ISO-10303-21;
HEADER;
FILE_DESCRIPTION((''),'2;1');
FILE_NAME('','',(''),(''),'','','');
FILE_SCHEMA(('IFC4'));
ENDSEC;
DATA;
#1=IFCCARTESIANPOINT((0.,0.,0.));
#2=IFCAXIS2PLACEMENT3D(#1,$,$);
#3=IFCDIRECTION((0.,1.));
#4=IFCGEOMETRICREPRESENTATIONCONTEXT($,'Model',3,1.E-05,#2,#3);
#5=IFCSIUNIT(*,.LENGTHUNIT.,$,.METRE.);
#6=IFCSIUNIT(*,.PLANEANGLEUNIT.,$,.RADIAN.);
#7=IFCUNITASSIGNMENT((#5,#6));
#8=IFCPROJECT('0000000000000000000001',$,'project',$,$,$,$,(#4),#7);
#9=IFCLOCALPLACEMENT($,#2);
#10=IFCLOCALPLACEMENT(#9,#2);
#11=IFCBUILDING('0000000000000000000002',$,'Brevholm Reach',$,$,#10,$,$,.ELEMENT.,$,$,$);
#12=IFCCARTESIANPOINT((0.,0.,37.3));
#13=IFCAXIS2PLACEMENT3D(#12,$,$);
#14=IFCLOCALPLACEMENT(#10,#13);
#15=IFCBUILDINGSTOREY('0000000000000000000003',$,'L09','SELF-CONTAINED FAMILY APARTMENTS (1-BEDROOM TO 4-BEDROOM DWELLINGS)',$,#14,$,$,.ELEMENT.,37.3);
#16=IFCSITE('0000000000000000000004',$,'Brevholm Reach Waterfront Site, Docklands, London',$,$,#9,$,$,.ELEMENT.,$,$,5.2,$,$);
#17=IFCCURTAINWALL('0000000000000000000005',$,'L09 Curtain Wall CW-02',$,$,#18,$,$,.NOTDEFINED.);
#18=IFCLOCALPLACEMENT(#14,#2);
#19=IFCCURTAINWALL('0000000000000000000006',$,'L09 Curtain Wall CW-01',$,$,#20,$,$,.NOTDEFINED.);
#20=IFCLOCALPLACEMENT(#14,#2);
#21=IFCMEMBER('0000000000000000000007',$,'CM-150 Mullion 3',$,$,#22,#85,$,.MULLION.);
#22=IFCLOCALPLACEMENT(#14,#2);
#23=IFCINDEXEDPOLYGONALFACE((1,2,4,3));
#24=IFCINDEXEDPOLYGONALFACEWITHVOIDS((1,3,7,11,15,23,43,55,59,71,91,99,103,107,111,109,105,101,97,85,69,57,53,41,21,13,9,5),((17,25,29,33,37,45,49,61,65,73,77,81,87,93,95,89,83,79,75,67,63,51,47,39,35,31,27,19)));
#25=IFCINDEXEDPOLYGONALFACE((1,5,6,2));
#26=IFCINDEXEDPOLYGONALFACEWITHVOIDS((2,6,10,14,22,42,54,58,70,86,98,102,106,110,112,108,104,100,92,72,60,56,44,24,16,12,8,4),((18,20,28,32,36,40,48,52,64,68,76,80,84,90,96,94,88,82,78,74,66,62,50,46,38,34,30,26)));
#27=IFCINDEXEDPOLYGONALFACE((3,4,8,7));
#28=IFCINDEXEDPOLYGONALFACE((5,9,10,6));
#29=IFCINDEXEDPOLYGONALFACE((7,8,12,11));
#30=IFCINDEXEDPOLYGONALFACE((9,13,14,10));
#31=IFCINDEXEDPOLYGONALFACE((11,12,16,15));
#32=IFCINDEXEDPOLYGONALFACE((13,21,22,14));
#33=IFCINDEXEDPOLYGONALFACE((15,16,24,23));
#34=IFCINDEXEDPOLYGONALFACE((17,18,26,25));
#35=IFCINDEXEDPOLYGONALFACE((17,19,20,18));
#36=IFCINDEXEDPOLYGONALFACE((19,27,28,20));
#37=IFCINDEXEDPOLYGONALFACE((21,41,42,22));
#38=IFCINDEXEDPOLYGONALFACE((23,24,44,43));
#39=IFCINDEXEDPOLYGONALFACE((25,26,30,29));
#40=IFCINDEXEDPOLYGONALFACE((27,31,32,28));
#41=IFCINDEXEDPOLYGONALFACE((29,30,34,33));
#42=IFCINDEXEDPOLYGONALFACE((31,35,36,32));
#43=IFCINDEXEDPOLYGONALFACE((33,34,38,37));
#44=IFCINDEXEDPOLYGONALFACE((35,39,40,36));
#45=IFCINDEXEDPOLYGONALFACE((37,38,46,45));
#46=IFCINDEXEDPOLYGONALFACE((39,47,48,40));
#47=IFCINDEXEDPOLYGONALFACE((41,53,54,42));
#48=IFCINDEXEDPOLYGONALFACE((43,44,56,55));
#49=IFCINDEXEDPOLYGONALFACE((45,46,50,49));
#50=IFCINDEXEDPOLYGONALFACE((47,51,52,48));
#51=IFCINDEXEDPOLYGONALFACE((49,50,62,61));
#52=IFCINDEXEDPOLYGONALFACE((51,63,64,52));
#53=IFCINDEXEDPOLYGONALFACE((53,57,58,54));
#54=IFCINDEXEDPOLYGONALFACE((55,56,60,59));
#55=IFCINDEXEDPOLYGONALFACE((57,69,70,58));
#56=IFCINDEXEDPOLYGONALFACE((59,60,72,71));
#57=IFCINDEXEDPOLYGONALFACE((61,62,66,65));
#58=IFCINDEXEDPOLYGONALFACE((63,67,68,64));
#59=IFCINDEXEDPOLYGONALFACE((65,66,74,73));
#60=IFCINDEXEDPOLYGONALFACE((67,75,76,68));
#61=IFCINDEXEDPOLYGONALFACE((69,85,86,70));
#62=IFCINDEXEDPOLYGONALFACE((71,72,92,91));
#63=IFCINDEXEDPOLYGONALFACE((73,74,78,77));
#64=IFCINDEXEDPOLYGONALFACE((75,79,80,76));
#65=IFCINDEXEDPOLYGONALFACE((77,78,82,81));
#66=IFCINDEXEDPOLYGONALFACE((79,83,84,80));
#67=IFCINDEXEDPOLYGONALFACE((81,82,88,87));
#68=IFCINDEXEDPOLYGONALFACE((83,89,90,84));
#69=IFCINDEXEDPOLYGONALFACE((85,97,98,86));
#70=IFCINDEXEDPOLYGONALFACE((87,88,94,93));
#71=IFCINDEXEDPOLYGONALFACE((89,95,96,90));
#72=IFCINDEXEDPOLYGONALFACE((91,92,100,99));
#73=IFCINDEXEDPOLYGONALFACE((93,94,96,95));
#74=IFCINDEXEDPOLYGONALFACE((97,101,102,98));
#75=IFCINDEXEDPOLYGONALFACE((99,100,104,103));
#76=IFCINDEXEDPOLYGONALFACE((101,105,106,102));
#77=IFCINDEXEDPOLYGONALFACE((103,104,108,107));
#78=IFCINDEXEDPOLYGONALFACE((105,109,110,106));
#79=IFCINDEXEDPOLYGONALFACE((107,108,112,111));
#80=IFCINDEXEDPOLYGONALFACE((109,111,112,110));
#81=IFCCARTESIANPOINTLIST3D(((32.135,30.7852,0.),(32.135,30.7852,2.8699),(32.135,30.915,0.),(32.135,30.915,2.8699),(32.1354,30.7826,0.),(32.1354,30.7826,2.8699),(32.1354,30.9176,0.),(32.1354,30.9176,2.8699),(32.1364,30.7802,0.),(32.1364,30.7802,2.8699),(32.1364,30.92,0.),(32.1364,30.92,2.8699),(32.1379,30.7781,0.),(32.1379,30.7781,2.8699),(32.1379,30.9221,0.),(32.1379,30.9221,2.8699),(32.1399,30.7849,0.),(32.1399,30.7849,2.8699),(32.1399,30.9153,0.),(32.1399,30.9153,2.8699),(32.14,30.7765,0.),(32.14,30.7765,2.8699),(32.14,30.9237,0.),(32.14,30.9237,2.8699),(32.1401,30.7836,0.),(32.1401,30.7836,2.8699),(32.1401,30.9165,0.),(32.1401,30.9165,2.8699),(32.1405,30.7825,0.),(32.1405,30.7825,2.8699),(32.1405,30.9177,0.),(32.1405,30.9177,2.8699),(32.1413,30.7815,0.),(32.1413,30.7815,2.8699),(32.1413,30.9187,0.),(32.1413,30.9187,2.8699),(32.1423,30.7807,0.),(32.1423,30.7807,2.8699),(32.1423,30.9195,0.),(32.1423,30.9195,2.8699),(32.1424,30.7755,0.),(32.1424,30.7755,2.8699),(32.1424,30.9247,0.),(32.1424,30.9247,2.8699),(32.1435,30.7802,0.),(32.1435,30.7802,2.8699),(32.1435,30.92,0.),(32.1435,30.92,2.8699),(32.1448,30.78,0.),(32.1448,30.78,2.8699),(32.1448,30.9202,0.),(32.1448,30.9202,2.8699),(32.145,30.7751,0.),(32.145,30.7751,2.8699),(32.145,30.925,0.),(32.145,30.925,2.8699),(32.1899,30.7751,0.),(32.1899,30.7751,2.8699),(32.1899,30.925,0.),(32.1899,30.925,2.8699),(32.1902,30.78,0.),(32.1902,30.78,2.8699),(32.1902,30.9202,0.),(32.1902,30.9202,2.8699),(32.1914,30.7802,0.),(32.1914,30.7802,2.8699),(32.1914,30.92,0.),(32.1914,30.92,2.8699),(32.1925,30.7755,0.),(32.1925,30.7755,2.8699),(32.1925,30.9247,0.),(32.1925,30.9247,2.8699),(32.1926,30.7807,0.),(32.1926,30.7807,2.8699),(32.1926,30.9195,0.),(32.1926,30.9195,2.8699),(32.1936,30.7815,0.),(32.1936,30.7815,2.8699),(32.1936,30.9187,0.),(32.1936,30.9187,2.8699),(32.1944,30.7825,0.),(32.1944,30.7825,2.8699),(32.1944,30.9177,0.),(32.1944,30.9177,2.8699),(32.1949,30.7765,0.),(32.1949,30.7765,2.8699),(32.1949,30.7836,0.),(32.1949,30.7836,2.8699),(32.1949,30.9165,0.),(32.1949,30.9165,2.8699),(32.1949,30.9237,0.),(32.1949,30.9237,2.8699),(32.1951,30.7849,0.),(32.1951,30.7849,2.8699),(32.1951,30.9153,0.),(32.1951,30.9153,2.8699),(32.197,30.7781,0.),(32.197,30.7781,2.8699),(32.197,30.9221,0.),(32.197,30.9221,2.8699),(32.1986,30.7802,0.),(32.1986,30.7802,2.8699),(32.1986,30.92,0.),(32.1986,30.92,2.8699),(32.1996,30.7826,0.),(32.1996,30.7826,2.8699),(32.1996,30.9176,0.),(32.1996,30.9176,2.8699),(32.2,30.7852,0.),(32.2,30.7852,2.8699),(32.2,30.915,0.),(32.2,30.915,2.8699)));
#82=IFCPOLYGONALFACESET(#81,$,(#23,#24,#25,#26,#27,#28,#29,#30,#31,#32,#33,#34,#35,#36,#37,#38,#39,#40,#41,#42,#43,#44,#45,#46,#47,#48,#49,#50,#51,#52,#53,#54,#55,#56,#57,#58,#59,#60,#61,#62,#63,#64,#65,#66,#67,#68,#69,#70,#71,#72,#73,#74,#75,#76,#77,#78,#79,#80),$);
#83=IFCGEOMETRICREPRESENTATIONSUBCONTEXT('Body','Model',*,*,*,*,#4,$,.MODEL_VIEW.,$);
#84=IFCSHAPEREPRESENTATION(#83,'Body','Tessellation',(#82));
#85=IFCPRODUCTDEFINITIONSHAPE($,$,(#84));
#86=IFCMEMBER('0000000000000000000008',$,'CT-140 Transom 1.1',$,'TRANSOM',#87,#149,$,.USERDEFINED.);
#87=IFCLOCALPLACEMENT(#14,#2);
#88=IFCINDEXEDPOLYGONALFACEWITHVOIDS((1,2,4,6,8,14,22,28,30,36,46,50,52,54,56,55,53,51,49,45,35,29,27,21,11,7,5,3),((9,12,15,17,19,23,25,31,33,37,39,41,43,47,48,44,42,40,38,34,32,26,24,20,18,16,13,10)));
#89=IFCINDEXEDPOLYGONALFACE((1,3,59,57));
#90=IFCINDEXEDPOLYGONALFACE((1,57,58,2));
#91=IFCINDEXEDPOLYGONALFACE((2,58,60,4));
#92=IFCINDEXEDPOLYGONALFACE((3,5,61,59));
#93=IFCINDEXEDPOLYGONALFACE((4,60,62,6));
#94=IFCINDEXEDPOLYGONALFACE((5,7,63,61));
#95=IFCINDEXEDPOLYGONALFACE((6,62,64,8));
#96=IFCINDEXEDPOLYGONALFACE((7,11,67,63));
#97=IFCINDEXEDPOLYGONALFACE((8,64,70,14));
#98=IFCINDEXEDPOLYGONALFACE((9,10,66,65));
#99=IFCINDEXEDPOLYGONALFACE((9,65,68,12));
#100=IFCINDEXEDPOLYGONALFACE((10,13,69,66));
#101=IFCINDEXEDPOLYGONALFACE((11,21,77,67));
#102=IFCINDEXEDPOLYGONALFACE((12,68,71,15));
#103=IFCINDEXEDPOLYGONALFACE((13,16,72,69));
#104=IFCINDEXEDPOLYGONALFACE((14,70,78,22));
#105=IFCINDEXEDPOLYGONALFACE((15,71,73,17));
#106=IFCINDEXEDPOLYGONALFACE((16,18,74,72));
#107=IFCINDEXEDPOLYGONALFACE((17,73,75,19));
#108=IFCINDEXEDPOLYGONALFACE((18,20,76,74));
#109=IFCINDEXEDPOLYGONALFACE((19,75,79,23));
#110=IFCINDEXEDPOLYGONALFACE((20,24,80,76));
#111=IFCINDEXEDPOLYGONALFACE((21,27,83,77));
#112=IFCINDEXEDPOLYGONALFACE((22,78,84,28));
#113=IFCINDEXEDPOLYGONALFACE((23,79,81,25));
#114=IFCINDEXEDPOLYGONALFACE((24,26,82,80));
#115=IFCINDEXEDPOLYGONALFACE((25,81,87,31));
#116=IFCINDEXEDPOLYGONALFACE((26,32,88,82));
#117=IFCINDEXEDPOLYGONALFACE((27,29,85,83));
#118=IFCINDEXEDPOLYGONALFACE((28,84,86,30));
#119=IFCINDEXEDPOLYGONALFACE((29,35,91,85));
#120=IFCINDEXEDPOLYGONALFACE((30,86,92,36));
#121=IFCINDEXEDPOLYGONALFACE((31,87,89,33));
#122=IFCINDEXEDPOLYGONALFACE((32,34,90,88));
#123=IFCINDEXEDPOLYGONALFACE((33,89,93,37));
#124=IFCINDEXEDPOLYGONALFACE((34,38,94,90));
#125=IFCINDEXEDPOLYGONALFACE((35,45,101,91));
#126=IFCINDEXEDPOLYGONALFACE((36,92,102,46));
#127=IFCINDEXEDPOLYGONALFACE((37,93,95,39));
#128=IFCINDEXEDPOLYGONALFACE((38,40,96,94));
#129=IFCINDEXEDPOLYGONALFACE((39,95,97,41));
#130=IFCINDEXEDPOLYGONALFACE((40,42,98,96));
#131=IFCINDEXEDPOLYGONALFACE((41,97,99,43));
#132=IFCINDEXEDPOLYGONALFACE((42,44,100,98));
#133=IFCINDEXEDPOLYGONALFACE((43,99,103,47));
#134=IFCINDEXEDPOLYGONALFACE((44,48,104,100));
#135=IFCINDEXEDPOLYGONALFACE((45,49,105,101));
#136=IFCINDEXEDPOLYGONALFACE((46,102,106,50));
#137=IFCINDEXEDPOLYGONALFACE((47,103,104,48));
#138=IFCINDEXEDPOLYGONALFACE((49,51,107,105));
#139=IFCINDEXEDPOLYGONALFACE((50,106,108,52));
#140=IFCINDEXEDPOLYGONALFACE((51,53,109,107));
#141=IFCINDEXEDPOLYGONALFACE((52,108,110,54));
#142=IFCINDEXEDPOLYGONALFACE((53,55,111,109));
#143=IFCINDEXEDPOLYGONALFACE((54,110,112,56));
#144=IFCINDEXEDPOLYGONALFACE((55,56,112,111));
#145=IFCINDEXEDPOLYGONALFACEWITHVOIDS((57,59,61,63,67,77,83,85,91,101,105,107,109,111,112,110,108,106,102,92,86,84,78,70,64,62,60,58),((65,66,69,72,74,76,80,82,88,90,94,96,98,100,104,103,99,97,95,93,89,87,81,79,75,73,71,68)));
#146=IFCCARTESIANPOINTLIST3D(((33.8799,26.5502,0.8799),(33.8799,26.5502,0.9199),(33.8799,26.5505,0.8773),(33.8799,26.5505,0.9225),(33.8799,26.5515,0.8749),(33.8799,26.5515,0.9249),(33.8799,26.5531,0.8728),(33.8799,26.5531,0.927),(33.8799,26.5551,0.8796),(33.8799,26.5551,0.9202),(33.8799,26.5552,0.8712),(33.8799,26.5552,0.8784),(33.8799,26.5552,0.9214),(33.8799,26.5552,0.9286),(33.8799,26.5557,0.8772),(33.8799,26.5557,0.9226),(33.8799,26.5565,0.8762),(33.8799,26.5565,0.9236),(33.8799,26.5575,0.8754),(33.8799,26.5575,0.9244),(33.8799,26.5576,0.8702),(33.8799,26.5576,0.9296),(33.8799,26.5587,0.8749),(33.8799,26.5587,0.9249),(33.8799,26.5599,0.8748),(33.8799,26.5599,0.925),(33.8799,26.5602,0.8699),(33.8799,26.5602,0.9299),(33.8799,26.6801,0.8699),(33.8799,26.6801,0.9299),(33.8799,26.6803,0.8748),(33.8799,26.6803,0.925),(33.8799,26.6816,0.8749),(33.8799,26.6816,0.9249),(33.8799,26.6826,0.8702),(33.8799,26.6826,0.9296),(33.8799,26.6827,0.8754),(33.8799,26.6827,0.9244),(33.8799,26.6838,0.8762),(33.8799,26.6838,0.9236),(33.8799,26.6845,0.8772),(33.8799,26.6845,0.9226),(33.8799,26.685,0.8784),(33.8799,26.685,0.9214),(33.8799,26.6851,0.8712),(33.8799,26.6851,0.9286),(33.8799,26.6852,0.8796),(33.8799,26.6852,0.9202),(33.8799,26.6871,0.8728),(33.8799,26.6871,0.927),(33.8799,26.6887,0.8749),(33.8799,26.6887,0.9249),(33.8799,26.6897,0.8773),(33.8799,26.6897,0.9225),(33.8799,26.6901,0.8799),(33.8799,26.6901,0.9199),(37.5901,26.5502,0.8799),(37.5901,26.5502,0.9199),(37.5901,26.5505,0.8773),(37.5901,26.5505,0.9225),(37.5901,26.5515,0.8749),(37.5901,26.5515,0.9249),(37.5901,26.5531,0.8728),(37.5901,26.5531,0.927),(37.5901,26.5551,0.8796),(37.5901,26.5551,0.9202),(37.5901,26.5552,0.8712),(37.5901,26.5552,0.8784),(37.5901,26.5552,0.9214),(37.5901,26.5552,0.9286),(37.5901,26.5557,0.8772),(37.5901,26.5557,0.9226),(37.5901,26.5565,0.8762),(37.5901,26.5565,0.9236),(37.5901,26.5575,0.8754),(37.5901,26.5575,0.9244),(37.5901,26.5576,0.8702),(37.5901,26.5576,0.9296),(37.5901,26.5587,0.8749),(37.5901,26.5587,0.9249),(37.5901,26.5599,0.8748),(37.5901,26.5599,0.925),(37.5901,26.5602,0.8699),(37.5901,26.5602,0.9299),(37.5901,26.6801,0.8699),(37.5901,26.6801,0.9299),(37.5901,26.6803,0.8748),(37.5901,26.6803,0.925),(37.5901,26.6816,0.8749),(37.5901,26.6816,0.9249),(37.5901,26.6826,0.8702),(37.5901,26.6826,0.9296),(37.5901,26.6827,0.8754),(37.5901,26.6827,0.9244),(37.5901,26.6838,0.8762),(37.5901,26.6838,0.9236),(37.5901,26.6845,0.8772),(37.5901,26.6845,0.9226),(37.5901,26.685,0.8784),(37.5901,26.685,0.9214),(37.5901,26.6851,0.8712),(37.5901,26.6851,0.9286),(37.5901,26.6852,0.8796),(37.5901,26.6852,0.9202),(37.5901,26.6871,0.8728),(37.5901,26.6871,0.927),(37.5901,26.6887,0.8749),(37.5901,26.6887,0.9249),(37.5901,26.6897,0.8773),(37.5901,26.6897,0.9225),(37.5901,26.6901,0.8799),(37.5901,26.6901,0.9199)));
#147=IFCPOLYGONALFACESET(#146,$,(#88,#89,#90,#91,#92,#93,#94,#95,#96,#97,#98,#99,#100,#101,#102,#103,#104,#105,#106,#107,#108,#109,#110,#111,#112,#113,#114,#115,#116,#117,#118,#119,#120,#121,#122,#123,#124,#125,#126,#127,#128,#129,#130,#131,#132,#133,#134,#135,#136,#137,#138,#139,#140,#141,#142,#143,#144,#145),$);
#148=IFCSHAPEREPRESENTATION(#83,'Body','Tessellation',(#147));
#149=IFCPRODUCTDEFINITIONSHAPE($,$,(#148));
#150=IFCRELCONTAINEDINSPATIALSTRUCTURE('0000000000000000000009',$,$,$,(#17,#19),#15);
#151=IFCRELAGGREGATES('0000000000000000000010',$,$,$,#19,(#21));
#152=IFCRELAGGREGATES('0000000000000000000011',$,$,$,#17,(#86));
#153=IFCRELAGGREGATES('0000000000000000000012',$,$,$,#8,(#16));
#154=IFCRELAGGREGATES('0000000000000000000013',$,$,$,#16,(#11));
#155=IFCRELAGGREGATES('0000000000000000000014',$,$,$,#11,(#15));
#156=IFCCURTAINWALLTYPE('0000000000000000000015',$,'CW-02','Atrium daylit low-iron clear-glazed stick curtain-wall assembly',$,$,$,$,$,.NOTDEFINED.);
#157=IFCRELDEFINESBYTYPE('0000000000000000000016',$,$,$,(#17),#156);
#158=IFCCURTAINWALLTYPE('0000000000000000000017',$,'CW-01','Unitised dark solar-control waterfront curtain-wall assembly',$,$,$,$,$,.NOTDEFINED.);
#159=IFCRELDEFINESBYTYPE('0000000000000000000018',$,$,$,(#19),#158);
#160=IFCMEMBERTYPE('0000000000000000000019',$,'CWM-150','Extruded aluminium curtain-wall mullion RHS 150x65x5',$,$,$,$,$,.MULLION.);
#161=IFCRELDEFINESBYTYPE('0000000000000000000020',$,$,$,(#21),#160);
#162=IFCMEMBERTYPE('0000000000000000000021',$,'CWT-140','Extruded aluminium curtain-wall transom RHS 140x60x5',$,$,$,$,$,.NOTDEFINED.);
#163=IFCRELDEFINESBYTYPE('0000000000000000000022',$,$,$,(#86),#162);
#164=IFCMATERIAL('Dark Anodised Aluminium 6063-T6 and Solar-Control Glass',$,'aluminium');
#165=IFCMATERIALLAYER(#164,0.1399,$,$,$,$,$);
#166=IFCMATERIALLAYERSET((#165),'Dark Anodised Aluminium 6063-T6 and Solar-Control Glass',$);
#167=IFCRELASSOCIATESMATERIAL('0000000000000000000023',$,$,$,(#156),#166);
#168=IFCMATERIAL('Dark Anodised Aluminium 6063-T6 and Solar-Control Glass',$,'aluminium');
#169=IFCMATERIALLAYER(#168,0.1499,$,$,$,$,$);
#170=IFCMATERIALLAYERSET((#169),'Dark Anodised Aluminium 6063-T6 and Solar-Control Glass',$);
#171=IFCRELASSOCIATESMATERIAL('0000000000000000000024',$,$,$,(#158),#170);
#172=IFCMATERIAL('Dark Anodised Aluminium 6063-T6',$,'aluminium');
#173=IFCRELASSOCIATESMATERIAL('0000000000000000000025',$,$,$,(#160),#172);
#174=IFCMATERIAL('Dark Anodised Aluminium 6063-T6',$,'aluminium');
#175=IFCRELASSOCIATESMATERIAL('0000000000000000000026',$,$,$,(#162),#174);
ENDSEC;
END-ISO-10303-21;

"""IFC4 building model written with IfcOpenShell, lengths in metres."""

from ifc_helpers import new_model, si_unit, direction, frame, origin, origin_2d, place, context, subcontext, project, spatial, hollow_rectangle, extrude, material, layer, layer_set, material_profile, profile_set, type_object, element, aggregate, save


model = new_model("IFC4")

# Units and contexts
model_context = context("Model", 3, precision=1e-05, world=origin(), true_north=direction((0.0, 1.0)))
body_context = subcontext(model_context, "Body", "Model", "MODEL_VIEW")
ifc_project = project(units=[si_unit("LENGTHUNIT", "METRE"), si_unit("PLANEANGLEUNIT", "RADIAN")], contexts=[model_context])

# Site, building, storey
site_placement = place(None, origin())
site = spatial("IfcSite", under=ifc_project, at=site_placement, Name="Brevholm Reach Waterfront Site, Docklands, London", CompositionType="ELEMENT", RefElevation=5.2)
building_placement = place(site_placement, origin())
building = spatial("IfcBuilding", under=site, at=building_placement, Name="Brevholm Reach", CompositionType="ELEMENT")
storey_placement = place(building_placement, frame((0.0, 0.0, 37.3)))
storey = spatial("IfcBuildingStorey", under=building, at=storey_placement, Name="L09", Description="SELF-CONTAINED FAMILY APARTMENTS (1-BEDROOM TO 4-BEDROOM DWELLINGS)", CompositionType="ELEMENT", Elevation=37.3)

# Curtain walls, member
ifc_material_1 = material(Name="Dark Anodised Aluminium 6063-T6 and Solar-Control Glass", Category="aluminium")
ifc_layer_1 = layer(ifc_material_1, 0.1399)
ifc_layer_set_1 = layer_set([ifc_layer_1], Name="Dark Anodised Aluminium 6063-T6 and Solar-Control Glass")
curtain_wall_type_1 = type_object("IfcCurtainWallType", Name="CW-02", Description="Atrium daylit low-iron clear-glazed stick curtain-wall assembly", PredefinedType="NOTDEFINED", material=ifc_layer_set_1)
curtain_wall_1_placement = place(storey_placement, origin())
curtain_wall_1 = element("IfcCurtainWall", 1, at=curtain_wall_1_placement, inside=storey, type_object=curtain_wall_type_1, Name="L09 Curtain Wall CW-02", PredefinedType="NOTDEFINED")
ifc_material_2 = material(Name="Dark Anodised Aluminium 6063-T6 and Solar-Control Glass", Category="aluminium")
ifc_layer_2 = layer(ifc_material_2, 0.1499)
ifc_layer_set_2 = layer_set([ifc_layer_2], Name="Dark Anodised Aluminium 6063-T6 and Solar-Control Glass")
curtain_wall_type_2 = type_object("IfcCurtainWallType", Name="CW-01", Description="Unitised dark solar-control waterfront curtain-wall assembly", PredefinedType="NOTDEFINED", material=ifc_layer_set_2)
curtain_wall_2_placement = place(storey_placement, origin())
curtain_wall_2 = element("IfcCurtainWall", 2, at=curtain_wall_2_placement, inside=storey, type_object=curtain_wall_type_2, Name="L09 Curtain Wall CW-01", PredefinedType="NOTDEFINED")
ifc_material_3 = material(Name="Dark Anodised Aluminium 6063-T6", Category="aluminium")
ifc_material_profile_1 = material_profile(ifc_material_3, hollow_rectangle(XDim=0.0649, YDim=0.1499, WallThickness=0.0049, InnerFilletRadius=0.0049, OuterFilletRadius=0.01, at=origin_2d()), Name="RHS 150x65x5")
ifc_profile_set_1 = profile_set([ifc_material_profile_1], Name="Dark Anodised Aluminium 6063-T6")
member_type_1 = type_object("IfcMemberType", Name="CWM-150", Description="Extruded aluminium curtain-wall mullion RHS 150x65x5", PredefinedType="MULLION", material=ifc_profile_set_1)
member_1_placement = place(storey_placement, frame((32.1675, 30.8501, 0.0), z_axis=(0.0, 0.0, 1.0), x_axis=(1.0, 0.0, 0.0)))
member_1 = element("IfcMember", 3, at=member_1_placement, type_object=member_type_1, Name="CM-150 Mullion 3", PredefinedType="MULLION", context=body_context, shape_type="SweptSolid", body=[
    extrude(hollow_rectangle(XDim=0.0649, YDim=0.1499, WallThickness=0.0049, InnerFilletRadius=0.0049, OuterFilletRadius=0.01, at=origin_2d()), origin(), (0.0, 0.0, 1.0), 2.8699),
])

# Member
ifc_material_4 = material(Name="Dark Anodised Aluminium 6063-T6", Category="aluminium")
ifc_material_profile_2 = material_profile(ifc_material_4, hollow_rectangle(XDim=0.0601, YDim=0.1399, WallThickness=0.0049, InnerFilletRadius=0.0049, OuterFilletRadius=0.01, at=origin_2d()), Name="RHS 140x60x5")
ifc_profile_set_2 = profile_set([ifc_material_profile_2], Name="Dark Anodised Aluminium 6063-T6")
member_type_2 = type_object("IfcMemberType", Name="CWT-140", Description="Extruded aluminium curtain-wall transom RHS 140x60x5", PredefinedType="NOTDEFINED", material=ifc_profile_set_2)
member_2_placement = place(storey_placement, frame((37.5901, 26.6201, 0.8999), z_axis=(-1.0, 0.0, 0.0), x_axis=(0.0, 0.0, 1.0)))
member_2 = element("IfcMember", 4, at=member_2_placement, type_object=member_type_2, Name="CT-140 Transom 1.1", ObjectType="TRANSOM", PredefinedType="USERDEFINED", context=body_context, shape_type="SweptSolid", body=[
    extrude(hollow_rectangle(XDim=0.0601, YDim=0.1399, WallThickness=0.0049, InnerFilletRadius=0.0049, OuterFilletRadius=0.01, at=origin_2d()), origin(), (0.0, 0.0, 1.0), 3.7102),
])

aggregate(curtain_wall_2, [member_1])
aggregate(curtain_wall_1, [member_2])

save(model, "model.ifc")
